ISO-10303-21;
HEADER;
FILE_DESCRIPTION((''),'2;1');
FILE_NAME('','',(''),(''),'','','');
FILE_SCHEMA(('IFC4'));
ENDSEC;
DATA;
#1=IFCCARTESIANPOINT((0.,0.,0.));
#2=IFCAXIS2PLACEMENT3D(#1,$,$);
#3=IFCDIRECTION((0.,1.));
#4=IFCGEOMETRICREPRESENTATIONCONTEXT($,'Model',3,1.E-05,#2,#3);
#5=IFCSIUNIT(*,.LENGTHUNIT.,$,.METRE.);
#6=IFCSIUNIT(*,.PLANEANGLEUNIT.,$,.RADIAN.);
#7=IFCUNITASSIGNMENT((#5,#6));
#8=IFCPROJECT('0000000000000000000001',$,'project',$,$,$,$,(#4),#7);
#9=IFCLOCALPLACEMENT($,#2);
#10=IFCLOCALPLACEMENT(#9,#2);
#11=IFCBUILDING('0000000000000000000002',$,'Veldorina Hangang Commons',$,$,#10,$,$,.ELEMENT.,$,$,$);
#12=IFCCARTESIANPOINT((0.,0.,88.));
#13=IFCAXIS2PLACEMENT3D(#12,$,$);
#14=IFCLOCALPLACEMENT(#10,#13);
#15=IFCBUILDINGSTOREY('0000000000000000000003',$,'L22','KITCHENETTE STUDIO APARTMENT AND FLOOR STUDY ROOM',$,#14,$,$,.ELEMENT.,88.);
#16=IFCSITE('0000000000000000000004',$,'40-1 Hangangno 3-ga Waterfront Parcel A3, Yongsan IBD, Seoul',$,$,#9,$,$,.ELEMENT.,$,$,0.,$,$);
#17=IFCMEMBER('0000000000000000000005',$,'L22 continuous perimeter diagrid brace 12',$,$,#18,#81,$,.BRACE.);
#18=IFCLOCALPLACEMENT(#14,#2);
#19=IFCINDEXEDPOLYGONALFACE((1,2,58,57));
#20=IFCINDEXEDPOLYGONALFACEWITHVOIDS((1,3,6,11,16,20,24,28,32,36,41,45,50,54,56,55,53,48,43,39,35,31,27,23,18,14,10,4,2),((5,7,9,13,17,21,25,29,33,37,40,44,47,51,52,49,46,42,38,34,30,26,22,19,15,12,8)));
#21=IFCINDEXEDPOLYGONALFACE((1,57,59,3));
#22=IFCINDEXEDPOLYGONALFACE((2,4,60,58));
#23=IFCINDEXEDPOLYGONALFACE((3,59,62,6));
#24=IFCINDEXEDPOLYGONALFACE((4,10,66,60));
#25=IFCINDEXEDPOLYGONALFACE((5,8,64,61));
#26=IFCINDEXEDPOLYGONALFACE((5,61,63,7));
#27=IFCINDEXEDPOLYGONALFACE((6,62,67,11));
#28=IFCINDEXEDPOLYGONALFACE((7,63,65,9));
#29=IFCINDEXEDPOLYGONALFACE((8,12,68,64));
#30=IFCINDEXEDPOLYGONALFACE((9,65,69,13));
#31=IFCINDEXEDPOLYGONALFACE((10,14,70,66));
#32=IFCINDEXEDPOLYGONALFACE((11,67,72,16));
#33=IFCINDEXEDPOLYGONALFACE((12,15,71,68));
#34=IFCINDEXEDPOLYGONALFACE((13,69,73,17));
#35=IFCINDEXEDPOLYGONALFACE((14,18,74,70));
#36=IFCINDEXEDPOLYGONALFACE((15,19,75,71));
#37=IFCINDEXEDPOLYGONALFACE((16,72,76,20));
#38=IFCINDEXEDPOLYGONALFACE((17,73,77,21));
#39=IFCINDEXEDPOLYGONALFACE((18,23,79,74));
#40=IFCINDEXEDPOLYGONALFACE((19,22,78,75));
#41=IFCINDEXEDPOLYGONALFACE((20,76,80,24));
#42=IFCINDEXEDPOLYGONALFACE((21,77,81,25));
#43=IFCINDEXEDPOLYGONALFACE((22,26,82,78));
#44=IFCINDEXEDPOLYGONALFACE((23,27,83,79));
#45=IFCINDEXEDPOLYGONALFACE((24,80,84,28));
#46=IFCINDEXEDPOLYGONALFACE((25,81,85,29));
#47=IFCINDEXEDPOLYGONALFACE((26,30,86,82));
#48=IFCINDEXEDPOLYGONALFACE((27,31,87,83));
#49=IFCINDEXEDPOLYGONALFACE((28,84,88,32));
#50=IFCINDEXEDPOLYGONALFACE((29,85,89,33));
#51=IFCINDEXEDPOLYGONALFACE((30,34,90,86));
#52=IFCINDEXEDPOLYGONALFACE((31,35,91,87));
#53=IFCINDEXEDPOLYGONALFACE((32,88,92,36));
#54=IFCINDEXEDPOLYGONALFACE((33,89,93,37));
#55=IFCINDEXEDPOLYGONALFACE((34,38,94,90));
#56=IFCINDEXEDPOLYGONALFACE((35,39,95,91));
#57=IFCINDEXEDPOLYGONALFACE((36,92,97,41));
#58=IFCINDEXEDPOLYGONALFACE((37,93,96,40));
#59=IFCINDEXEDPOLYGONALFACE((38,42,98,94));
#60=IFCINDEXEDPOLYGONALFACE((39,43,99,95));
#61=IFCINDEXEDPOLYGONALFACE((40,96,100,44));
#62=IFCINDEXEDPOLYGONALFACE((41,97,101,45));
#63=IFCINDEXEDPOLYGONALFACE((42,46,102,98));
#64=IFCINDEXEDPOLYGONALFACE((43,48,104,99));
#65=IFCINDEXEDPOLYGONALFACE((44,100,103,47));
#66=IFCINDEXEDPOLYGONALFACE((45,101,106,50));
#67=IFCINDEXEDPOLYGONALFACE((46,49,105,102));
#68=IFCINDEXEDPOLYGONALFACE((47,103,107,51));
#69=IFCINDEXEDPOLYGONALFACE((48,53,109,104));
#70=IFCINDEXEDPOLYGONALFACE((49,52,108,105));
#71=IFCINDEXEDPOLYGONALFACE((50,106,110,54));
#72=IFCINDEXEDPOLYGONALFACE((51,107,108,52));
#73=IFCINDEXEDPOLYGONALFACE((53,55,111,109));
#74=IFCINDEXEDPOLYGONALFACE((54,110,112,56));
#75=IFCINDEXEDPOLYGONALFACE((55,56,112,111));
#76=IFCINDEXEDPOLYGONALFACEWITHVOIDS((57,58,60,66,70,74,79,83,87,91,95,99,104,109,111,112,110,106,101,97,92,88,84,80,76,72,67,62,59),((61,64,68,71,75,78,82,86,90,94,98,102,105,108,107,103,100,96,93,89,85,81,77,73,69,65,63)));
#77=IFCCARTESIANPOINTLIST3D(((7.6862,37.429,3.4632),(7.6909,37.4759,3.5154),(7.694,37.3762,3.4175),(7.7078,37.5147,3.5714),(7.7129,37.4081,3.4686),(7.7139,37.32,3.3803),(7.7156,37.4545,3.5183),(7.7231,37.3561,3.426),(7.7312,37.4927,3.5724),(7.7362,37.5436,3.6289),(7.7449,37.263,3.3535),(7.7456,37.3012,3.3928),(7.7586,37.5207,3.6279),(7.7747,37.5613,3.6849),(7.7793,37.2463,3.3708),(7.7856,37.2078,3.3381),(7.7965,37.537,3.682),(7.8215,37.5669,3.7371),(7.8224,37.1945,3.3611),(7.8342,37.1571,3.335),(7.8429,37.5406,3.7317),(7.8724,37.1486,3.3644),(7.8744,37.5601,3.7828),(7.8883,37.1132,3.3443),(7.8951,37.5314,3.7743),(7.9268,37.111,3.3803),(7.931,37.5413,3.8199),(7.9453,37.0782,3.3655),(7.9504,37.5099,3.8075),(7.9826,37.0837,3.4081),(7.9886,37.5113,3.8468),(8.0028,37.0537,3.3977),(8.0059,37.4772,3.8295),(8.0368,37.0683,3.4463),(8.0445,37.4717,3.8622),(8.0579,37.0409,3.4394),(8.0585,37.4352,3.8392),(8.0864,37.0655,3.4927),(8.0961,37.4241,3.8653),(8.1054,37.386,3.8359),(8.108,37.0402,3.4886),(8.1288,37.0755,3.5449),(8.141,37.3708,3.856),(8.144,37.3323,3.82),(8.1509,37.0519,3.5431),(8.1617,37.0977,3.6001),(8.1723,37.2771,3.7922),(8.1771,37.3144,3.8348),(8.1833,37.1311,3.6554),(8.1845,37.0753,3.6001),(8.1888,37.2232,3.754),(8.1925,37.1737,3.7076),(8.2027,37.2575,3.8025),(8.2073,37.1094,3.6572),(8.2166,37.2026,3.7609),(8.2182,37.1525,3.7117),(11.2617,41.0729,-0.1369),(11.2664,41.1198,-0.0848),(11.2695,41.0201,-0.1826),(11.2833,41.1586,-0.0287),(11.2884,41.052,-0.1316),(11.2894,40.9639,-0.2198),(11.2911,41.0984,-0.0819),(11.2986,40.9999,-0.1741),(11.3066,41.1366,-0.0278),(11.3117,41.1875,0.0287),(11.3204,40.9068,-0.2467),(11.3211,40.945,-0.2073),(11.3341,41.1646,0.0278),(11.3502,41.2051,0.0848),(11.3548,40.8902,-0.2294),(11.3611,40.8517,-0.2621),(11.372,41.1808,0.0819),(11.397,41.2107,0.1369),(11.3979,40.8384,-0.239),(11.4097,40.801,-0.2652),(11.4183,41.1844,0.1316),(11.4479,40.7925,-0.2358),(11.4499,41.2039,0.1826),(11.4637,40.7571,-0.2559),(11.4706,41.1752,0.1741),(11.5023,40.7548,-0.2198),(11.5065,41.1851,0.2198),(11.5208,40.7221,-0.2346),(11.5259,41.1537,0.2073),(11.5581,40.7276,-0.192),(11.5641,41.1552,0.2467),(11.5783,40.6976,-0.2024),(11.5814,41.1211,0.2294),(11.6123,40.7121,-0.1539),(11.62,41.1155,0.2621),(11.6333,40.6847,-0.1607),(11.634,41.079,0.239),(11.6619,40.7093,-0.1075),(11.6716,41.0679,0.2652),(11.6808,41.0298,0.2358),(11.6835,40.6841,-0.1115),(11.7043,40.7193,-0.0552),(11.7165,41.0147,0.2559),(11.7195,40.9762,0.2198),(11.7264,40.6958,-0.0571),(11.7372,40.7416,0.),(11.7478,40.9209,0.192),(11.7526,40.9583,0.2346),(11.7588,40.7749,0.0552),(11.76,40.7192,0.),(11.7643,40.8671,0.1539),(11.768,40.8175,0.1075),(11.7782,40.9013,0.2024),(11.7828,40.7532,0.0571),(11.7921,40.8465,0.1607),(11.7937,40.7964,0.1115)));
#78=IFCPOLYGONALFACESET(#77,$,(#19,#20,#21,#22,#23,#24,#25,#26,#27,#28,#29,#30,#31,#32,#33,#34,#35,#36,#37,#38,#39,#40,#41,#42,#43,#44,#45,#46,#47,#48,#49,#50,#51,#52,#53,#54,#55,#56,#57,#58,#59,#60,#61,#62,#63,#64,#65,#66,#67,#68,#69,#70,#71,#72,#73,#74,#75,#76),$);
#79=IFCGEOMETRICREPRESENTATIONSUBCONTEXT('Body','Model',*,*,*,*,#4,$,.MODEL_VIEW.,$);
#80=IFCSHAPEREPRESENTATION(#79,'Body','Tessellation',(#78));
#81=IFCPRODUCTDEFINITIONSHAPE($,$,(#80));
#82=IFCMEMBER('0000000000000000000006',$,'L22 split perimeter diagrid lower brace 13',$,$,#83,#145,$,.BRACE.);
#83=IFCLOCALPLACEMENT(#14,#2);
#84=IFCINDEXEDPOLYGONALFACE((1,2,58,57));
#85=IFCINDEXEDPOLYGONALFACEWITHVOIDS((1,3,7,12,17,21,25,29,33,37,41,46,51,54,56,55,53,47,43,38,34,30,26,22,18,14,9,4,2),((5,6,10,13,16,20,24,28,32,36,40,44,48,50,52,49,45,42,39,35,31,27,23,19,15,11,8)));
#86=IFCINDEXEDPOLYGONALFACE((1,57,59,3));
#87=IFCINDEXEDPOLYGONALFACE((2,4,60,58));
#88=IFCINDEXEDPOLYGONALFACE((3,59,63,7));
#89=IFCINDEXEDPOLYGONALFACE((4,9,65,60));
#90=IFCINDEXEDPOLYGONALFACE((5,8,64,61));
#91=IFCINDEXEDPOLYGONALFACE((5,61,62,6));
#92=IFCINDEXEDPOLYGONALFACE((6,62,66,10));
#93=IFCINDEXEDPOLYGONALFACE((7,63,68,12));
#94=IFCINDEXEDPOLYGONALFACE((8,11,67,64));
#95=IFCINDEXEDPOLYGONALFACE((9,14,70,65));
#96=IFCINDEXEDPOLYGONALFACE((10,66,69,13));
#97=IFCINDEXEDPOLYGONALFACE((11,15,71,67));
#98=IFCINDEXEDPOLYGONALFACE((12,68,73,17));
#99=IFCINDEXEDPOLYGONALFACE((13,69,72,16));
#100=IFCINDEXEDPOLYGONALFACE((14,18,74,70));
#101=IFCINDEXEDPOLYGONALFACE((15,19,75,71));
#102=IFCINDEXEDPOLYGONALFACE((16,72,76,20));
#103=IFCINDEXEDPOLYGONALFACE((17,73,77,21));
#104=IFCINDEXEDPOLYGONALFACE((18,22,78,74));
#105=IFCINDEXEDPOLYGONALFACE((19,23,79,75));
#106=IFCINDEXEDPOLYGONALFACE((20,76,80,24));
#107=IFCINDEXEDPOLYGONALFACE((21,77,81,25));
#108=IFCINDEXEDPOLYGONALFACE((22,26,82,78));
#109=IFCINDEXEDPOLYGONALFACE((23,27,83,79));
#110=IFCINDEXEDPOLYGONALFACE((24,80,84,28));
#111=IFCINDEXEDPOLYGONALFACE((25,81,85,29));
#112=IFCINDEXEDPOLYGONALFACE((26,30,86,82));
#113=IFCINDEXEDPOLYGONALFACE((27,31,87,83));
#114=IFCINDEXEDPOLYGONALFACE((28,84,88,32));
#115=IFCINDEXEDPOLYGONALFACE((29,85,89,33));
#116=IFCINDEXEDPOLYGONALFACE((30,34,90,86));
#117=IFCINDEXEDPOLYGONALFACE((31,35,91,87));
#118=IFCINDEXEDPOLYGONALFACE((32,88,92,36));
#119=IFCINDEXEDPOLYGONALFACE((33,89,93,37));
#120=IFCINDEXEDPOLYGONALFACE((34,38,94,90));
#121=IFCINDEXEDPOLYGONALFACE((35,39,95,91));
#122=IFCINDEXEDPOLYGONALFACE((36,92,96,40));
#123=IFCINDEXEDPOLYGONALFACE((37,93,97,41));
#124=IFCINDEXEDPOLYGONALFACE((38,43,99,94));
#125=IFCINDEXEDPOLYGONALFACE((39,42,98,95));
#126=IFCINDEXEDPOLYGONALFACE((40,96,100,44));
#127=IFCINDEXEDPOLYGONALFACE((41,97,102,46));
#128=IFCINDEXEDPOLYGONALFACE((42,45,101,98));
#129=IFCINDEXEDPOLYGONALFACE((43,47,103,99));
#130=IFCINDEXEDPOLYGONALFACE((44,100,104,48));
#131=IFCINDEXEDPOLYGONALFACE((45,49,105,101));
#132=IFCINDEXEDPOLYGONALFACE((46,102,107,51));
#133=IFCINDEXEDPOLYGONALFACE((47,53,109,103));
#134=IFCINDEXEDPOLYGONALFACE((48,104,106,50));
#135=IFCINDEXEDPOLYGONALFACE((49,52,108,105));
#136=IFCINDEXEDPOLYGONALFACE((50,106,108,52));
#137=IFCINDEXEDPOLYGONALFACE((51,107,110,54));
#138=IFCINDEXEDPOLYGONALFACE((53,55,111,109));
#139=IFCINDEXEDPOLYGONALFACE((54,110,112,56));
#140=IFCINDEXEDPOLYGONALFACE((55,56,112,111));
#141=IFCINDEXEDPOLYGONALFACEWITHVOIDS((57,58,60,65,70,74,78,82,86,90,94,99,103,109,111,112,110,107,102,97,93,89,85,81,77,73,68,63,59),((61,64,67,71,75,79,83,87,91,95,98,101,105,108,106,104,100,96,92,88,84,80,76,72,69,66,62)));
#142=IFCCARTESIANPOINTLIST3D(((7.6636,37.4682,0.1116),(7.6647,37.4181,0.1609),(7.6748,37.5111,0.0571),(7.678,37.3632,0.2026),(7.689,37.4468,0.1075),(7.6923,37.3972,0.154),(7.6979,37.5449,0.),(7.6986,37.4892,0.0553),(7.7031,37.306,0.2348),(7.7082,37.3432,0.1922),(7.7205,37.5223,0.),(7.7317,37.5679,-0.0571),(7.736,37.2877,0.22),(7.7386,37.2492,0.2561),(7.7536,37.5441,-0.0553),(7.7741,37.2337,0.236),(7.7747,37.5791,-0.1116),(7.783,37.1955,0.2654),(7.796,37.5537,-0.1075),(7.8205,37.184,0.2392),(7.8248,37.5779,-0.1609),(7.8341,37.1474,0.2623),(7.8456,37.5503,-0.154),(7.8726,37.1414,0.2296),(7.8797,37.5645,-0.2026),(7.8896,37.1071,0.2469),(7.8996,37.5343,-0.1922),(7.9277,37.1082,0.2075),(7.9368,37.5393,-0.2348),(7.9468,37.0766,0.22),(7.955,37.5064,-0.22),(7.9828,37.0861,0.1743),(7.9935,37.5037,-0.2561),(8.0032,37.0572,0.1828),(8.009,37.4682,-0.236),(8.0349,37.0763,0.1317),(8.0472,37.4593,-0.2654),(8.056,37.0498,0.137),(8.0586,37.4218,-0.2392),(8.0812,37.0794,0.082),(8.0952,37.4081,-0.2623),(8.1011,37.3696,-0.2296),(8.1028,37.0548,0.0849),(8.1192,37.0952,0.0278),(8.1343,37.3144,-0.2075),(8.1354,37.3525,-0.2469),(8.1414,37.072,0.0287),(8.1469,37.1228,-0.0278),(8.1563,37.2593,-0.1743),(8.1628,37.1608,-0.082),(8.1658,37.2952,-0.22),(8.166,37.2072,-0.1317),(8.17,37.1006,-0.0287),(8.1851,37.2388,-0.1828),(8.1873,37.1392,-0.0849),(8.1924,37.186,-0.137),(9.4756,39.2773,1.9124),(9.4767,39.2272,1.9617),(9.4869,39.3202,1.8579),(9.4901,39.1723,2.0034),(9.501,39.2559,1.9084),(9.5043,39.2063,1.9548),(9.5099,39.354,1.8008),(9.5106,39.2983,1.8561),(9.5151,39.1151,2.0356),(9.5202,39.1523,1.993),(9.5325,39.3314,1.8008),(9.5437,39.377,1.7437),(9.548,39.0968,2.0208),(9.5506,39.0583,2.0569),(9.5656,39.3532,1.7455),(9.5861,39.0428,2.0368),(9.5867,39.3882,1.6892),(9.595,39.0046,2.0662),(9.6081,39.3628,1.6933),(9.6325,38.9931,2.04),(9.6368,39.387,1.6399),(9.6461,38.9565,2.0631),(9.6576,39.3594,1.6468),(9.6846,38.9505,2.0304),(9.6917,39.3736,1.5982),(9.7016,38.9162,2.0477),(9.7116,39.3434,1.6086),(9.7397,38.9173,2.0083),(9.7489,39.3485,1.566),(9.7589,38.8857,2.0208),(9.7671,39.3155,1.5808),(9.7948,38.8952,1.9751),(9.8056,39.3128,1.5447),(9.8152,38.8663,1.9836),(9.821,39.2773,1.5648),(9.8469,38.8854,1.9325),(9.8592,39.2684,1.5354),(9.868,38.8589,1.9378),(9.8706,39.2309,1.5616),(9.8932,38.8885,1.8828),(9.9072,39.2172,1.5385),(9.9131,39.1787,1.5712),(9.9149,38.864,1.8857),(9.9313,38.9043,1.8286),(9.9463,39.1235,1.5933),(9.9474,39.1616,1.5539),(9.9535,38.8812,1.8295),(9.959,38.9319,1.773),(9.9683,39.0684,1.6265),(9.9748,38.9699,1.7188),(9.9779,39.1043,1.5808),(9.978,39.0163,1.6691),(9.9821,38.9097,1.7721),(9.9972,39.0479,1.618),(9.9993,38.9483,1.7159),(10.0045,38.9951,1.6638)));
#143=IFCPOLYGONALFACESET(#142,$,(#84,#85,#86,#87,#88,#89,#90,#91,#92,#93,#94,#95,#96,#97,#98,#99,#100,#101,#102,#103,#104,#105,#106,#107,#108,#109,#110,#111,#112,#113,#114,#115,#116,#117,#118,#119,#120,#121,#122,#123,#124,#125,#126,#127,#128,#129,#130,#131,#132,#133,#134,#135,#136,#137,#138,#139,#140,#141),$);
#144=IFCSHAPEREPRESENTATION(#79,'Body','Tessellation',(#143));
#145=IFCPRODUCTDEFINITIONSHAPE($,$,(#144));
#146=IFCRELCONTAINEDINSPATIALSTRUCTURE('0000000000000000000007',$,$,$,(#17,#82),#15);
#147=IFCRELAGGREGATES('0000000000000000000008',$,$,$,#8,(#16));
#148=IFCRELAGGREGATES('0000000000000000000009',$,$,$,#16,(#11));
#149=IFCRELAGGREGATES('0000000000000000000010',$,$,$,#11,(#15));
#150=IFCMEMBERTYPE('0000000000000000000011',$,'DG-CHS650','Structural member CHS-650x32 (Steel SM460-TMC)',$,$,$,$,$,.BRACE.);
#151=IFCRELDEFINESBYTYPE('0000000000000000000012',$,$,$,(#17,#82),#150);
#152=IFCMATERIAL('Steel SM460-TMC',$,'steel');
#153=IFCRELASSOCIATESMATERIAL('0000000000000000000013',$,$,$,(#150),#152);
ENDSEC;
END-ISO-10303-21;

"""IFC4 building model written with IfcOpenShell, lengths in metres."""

from ifc_helpers import new_model, si_unit, direction, frame, origin, origin_2d, place, context, subcontext, project, spatial, hollow_circle, extrude, material, material_profile, profile_set, type_object, element, save


model = new_model("IFC4")

# Units and contexts
model_context = context("Model", 3, precision=1e-05, world=origin(), true_north=direction((0.0, 1.0)))
body_context = subcontext(model_context, "Body", "Model", "MODEL_VIEW")
ifc_project = project(units=[si_unit("LENGTHUNIT", "METRE"), si_unit("PLANEANGLEUNIT", "RADIAN")], contexts=[model_context])

# Site, building, storey
site_placement = place(None, origin())
site = spatial("IfcSite", under=ifc_project, at=site_placement, Name="40-1 Hangangno 3-ga Waterfront Parcel A3, Yongsan IBD, Seoul", CompositionType="ELEMENT", RefElevation=0.0)
building_placement = place(site_placement, origin())
building = spatial("IfcBuilding", under=site, at=building_placement, Name="Veldorina Hangang Commons", CompositionType="ELEMENT")
storey_placement = place(building_placement, frame((0.0, 0.0, 88.0)))
storey = spatial("IfcBuildingStorey", under=building, at=storey_placement, Name="L22", Description="KITCHENETTE STUDIO APARTMENT AND FLOOR STUDY ROOM", CompositionType="ELEMENT", Elevation=88.0)

# Members
ifc_material_1 = material(Name="Steel SM460-TMC", Category="steel")
ifc_material_profile_1 = material_profile(ifc_material_1, hollow_circle(Radius=0.325, WallThickness=0.032, at=origin_2d()), Name="CHS-650x32")
ifc_profile_set_1 = profile_set([ifc_material_profile_1], Name="Steel SM460-TMC")
member_type = type_object("IfcMemberType", Name="DG-CHS650", Description="Structural member CHS-650x32 (Steel SM460-TMC)", PredefinedType="BRACE", material=ifc_profile_set_1)
member_1_placement = place(storey_placement, frame((11.5281, 40.9468, 0.0), z_axis=(-0.572369, -0.583312, 0.576316), x_axis=(0.71377, -0.70038, 0.0)))
element("IfcMember", 1, at=member_1_placement, inside=storey, type_object=member_type, Name="L22 continuous perimeter diagrid brace 12", PredefinedType="BRACE", context=body_context, shape_type="SweptSolid", body=[
    extrude(hollow_circle(Radius=0.325, WallThickness=0.032, at=origin_2d()), origin(), (0.0, 0.0, 1.0), 6.2468),
])
member_2_placement = place(storey_placement, frame((7.9275, 37.3149, 0.0), z_axis=(0.578856, 0.57792, 0.575268), x_axis=(-0.706534, 0.707679, 0.0)))
element("IfcMember", 2, at=member_2_placement, inside=storey, type_object=member_type, Name="L22 split perimeter diagrid lower brace 13", PredefinedType="BRACE", context=body_context, shape_type="SweptSolid", body=[
    extrude(hollow_circle(Radius=0.325, WallThickness=0.032, at=origin_2d()), origin(), (0.0, 0.0, 1.0), 3.1304),
])

save(model, "model.ifc")
